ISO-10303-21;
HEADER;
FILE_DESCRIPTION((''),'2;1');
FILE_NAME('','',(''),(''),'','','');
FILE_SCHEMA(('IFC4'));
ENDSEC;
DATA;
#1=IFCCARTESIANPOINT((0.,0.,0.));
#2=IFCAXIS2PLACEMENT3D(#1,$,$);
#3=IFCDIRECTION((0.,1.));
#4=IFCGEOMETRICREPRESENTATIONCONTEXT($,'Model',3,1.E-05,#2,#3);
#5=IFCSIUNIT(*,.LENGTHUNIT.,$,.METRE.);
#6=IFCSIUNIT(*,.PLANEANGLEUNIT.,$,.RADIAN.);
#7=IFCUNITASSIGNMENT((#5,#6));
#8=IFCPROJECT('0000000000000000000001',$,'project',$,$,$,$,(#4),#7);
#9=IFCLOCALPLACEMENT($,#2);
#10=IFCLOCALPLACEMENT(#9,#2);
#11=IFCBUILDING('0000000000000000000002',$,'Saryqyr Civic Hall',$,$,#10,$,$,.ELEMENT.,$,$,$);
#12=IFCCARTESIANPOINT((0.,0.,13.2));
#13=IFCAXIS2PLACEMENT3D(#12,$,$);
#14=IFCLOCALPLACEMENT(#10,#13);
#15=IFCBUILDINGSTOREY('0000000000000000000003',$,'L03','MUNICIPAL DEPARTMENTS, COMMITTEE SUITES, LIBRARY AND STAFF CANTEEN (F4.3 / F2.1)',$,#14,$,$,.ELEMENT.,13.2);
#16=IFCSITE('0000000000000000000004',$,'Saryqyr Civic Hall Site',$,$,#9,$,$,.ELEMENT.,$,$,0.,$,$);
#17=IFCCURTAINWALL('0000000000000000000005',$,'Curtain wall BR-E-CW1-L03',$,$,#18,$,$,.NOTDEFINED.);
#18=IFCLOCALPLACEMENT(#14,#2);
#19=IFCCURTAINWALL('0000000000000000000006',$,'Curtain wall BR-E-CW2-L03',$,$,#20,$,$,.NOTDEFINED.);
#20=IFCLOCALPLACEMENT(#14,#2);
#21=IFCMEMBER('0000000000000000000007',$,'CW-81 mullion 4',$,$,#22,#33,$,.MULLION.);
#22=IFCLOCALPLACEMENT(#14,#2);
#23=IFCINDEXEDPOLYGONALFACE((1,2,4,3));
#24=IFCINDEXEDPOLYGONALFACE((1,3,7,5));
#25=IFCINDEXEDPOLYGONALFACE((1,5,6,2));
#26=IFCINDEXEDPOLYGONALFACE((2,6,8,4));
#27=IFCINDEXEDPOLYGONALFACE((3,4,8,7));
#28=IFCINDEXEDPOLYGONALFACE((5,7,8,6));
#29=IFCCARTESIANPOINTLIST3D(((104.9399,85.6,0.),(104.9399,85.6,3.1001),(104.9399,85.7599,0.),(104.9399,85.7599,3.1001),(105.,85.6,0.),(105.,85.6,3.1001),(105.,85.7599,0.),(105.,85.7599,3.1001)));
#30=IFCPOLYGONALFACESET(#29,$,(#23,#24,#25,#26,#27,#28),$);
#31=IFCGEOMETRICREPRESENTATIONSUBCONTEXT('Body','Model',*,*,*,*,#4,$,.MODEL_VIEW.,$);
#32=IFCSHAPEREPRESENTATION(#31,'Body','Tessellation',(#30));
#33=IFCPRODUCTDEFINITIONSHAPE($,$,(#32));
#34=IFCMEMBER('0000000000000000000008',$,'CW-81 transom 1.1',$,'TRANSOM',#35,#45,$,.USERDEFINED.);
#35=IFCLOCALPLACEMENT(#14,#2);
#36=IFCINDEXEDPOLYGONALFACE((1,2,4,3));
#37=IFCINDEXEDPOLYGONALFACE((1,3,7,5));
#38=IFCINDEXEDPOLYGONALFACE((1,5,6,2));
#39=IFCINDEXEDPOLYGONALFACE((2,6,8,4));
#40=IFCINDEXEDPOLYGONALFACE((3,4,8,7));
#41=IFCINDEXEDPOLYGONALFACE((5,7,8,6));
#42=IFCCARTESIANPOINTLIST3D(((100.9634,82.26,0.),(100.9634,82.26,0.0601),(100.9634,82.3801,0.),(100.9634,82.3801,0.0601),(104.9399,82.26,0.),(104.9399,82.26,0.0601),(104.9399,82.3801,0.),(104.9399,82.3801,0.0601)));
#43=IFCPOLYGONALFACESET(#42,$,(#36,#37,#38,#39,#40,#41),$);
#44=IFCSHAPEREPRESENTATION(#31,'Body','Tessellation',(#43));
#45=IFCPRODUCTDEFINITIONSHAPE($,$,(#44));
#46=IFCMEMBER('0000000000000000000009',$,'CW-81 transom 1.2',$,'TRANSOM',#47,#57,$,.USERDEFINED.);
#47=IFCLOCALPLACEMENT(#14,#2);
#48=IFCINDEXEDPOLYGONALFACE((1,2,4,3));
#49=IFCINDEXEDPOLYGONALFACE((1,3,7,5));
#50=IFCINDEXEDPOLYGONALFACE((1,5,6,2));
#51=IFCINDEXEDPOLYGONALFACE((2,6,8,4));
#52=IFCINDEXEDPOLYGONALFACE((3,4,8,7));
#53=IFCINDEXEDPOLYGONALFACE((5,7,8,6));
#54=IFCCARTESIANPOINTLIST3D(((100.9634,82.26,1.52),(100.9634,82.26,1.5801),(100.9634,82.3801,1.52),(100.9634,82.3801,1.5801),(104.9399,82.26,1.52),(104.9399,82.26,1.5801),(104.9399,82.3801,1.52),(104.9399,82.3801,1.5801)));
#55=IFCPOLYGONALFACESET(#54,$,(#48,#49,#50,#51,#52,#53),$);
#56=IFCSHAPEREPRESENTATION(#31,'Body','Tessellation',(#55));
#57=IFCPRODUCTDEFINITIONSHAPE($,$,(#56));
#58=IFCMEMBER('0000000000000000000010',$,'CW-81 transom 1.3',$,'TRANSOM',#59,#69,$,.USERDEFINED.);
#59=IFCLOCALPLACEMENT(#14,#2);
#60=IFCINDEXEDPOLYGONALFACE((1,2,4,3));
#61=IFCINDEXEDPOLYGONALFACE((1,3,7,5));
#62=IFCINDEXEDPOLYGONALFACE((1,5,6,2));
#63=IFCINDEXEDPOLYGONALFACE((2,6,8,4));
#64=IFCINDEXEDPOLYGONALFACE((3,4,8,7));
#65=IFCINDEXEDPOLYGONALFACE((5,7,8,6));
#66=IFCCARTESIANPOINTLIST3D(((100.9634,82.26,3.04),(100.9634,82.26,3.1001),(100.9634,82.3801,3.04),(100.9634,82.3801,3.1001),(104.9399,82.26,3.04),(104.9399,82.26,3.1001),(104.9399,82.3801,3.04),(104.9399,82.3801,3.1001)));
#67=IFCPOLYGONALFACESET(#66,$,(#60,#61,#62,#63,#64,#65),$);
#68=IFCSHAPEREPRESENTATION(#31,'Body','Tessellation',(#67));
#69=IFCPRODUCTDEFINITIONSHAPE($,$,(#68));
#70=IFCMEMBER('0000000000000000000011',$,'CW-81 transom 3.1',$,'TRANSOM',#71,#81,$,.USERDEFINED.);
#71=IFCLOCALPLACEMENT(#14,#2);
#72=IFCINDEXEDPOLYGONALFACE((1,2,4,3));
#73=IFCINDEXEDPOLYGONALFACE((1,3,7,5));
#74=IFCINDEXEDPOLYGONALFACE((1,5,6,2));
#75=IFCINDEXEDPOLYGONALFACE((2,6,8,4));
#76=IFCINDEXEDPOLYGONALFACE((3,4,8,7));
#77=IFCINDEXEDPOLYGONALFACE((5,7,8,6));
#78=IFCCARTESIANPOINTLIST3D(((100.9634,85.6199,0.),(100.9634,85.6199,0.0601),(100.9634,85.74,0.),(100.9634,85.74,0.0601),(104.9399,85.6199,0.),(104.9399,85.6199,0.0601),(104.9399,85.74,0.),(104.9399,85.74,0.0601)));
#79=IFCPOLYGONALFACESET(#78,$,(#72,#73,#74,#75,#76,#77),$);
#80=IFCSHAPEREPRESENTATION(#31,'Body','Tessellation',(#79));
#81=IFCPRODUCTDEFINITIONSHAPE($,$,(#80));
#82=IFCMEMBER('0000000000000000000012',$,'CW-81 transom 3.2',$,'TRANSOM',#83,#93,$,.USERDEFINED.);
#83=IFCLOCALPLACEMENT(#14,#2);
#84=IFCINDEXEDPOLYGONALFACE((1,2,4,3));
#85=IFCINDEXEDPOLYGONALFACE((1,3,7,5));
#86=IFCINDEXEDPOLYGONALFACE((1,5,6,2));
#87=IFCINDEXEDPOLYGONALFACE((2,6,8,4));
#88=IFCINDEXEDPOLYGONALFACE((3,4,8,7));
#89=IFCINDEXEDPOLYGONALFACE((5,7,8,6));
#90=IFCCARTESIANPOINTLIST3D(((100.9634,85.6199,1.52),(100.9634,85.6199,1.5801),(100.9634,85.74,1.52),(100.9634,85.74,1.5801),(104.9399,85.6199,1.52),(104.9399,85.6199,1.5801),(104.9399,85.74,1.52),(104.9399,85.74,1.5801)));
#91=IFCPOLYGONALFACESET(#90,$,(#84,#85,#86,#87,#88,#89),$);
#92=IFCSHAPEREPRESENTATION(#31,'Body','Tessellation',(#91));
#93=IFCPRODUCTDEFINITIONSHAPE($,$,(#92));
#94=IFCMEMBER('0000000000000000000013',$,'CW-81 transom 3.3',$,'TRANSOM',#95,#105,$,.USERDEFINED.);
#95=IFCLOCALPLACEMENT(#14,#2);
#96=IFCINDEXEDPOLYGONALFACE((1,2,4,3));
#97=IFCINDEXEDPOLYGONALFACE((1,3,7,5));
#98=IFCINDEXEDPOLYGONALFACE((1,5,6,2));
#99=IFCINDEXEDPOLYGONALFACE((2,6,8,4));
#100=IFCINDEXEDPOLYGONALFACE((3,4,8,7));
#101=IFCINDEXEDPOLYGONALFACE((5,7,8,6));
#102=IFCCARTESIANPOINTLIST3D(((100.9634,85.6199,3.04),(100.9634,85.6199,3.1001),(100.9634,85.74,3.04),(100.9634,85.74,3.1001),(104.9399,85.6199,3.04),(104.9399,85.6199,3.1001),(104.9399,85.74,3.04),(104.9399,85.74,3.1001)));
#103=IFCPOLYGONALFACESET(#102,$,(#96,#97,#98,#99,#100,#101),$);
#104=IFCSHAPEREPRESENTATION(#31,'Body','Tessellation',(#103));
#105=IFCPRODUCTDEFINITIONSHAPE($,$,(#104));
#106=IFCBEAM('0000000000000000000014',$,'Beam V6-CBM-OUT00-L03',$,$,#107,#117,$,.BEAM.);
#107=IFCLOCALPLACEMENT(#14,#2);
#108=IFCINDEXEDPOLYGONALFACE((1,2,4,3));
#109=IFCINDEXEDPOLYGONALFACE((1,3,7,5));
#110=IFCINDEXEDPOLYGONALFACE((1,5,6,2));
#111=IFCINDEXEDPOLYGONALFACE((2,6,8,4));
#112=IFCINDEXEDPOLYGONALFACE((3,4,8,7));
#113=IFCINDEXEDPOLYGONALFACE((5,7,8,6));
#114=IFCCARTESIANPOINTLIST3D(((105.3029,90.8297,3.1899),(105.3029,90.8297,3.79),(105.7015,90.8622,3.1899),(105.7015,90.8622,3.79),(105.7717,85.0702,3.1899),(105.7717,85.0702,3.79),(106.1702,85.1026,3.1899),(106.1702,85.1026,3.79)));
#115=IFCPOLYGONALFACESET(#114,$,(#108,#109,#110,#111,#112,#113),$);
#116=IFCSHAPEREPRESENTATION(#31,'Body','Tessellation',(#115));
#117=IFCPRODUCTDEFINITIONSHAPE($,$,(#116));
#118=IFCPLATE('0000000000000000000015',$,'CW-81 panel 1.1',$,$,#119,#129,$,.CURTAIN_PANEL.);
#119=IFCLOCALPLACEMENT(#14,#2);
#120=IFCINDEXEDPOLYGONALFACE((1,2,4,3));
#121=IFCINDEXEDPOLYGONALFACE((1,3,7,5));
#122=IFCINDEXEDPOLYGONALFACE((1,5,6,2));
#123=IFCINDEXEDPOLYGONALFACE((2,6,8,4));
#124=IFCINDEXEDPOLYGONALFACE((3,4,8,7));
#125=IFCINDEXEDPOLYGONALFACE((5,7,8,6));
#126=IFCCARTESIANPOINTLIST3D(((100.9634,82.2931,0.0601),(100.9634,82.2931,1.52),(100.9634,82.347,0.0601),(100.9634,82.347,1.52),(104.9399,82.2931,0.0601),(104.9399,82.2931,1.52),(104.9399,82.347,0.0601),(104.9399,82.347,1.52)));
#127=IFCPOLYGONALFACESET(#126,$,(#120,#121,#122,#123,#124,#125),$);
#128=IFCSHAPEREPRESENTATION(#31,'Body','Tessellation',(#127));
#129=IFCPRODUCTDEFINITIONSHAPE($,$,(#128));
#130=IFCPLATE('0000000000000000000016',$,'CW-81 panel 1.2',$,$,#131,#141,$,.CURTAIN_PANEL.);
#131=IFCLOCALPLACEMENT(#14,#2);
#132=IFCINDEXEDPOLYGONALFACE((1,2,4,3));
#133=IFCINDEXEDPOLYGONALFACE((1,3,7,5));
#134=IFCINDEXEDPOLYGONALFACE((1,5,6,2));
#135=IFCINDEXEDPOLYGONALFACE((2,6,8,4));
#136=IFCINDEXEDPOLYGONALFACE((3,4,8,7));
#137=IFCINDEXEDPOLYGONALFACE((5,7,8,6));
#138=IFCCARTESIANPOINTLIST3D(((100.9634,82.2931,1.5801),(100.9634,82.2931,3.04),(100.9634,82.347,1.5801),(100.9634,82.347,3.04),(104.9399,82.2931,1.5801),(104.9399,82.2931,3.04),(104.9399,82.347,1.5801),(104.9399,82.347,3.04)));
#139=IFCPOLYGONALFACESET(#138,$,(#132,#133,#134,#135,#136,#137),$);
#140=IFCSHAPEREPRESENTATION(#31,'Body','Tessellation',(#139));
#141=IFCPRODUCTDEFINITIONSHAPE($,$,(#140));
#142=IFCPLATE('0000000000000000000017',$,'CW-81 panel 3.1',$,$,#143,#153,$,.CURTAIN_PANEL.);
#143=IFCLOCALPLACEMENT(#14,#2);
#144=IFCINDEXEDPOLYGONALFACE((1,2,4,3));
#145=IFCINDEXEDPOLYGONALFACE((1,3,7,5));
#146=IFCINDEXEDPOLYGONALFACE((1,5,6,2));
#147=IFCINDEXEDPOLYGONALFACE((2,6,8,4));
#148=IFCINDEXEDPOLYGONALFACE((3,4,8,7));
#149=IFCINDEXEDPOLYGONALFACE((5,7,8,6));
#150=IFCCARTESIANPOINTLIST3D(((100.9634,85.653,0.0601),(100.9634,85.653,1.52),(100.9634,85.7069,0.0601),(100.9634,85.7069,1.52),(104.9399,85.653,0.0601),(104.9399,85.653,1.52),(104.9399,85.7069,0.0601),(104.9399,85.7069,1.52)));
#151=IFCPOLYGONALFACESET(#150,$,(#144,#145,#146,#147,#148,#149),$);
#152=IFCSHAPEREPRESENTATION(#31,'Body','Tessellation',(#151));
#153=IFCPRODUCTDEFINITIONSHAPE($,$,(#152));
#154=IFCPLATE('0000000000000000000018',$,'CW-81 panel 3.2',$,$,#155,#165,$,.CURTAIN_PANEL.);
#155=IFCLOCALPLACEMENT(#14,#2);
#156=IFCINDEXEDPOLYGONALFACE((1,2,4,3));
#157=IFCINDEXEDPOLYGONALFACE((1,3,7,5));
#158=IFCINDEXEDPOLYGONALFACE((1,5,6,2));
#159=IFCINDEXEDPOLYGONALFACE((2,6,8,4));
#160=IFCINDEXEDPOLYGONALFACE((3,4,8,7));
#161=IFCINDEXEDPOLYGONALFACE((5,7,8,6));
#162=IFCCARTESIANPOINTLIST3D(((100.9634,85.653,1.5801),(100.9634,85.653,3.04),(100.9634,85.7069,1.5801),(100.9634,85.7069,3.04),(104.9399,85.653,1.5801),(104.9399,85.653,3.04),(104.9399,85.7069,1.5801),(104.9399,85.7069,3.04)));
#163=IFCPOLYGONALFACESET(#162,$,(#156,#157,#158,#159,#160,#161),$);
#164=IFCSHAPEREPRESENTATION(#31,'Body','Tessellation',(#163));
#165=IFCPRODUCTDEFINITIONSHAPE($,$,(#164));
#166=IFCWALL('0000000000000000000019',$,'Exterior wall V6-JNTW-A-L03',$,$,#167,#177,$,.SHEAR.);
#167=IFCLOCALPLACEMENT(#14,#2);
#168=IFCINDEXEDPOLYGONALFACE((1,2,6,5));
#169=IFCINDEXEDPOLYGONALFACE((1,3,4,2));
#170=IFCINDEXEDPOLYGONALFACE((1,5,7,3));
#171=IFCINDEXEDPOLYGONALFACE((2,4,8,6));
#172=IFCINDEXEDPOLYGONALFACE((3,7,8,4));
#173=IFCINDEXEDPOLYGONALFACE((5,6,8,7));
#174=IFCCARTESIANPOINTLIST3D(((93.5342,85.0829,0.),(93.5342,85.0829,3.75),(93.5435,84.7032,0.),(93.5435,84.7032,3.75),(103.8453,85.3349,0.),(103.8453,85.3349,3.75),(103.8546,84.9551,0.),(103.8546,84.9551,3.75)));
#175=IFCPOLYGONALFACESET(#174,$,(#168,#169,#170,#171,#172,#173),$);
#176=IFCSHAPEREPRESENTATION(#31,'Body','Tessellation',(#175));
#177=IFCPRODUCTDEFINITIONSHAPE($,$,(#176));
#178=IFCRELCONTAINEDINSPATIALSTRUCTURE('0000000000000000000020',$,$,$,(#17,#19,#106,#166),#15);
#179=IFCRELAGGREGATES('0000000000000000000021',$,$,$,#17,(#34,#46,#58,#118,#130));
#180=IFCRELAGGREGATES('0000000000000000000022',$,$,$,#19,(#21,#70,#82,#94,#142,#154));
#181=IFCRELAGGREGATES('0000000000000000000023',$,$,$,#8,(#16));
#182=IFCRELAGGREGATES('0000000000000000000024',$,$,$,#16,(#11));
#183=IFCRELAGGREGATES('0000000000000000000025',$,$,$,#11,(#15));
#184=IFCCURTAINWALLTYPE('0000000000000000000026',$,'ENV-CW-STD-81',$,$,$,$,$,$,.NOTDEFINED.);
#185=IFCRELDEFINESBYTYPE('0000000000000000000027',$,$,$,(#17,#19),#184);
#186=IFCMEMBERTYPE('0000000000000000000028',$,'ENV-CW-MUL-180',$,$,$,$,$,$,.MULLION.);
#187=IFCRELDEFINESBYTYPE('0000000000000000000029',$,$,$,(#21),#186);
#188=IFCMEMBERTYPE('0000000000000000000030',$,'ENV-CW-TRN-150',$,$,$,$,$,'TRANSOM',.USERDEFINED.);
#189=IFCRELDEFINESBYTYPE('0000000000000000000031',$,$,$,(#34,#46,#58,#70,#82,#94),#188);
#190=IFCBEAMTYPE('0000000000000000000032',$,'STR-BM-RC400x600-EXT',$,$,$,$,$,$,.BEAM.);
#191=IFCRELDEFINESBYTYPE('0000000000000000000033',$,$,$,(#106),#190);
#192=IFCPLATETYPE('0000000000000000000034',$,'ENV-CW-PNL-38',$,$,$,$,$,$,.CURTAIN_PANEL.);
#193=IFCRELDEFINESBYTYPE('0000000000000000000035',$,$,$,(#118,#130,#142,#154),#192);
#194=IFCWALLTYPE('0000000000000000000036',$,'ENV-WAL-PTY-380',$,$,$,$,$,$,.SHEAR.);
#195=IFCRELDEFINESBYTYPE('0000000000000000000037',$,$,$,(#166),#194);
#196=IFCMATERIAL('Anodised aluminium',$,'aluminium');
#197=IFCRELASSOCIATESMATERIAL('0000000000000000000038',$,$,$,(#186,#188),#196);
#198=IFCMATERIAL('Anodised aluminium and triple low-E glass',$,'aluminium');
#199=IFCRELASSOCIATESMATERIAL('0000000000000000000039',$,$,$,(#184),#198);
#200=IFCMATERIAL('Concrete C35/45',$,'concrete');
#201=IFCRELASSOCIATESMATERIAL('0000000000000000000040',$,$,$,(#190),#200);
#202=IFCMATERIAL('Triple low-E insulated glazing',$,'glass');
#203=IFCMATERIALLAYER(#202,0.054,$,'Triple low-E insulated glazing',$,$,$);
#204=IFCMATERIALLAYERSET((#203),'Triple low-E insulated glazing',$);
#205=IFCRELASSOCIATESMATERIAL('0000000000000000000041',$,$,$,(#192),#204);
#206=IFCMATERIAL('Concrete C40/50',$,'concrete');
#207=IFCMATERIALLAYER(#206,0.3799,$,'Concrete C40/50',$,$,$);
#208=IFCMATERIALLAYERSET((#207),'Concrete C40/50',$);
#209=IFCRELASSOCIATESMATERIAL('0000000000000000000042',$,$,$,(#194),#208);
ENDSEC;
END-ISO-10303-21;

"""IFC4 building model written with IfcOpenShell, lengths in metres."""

from ifc_helpers import new_model, si_unit, direction, frame, frame_2d, origin, origin_2d, place, context, subcontext, project, spatial, rectangle, extrude, material, layer, layer_set, material_profile, profile_set, type_object, element, aggregate, save


model = new_model("IFC4")

# Units and contexts
model_context = context("Model", 3, precision=1e-05, world=origin(), true_north=direction((0.0, 1.0)))
body_context = subcontext(model_context, "Body", "Model", "MODEL_VIEW")
ifc_project = project(units=[si_unit("LENGTHUNIT", "METRE"), si_unit("PLANEANGLEUNIT", "RADIAN")], contexts=[model_context])

# Site, building, storey
site_placement = place(None, origin())
site = spatial("IfcSite", under=ifc_project, at=site_placement, Name="Saryqyr Civic Hall Site", CompositionType="ELEMENT", RefElevation=0.0)
building_placement = place(site_placement, origin())
building = spatial("IfcBuilding", under=site, at=building_placement, Name="Saryqyr Civic Hall", CompositionType="ELEMENT")
storey_placement = place(building_placement, frame((0.0, 0.0, 13.2)))
storey = spatial("IfcBuildingStorey", under=building, at=storey_placement, Name="L03", Description="MUNICIPAL DEPARTMENTS, COMMITTEE SUITES, LIBRARY AND STAFF CANTEEN (F4.3 / F2.1)", CompositionType="ELEMENT", Elevation=13.2)

# Shared definitions
ifc_material_1 = material(Name="Concrete C40/50", Category="concrete")

# Curtain wall
ifc_material_2 = material(Name="Anodised aluminium and triple low-E glass", Category="aluminium")
ifc_material_3 = material(Name="Anodised aluminium", Category="aluminium")
ifc_material_profile_1 = material_profile(ifc_material_3, rectangle(XDim=0.0601, YDim=0.1599, at=origin_2d()), Name="ALU MULLION 60x160")
ifc_profile_set_1 = profile_set([ifc_material_profile_1], Name="Anodised aluminium")
member_type_1 = type_object("IfcMemberType", Name="ENV-CW-MUL-180", PredefinedType="MULLION", material=ifc_profile_set_1)
curtain_wall_type_1 = type_object("IfcCurtainWallType", Name="ENV-CW-STD-81", PredefinedType="NOTDEFINED", material=ifc_material_2)
curtain_wall_1_placement = place(storey_placement, origin())
curtain_wall_1 = element("IfcCurtainWall", 1, at=curtain_wall_1_placement, inside=storey, type_object=curtain_wall_type_1, Name="Curtain wall BR-E-CW1-L03", PredefinedType="NOTDEFINED")

# Curtain wall, member
curtain_wall_2_placement = place(storey_placement, origin())
curtain_wall_2 = element("IfcCurtainWall", 2, at=curtain_wall_2_placement, inside=storey, type_object=curtain_wall_type_1, Name="Curtain wall BR-E-CW2-L03", PredefinedType="NOTDEFINED")
member_1_placement = place(storey_placement, frame((104.97, 85.6799, 0.0), z_axis=(0.0, 0.0, 1.0), x_axis=(1.0, 0.0, 0.0)))
member_1 = element("IfcMember", 3, at=member_1_placement, type_object=member_type_1, Name="CW-81 mullion 4", PredefinedType="MULLION", context=body_context, shape_type="SweptSolid", body=[
    extrude(rectangle(XDim=0.0601, YDim=0.1599, at=origin_2d()), origin(), (0.0, 0.0, 1.0), 3.1001),
])

# Members
ifc_material_profile_2 = material_profile(ifc_material_3, rectangle(XDim=0.1201, YDim=0.0601, at=origin_2d()), Name="ALU TRANSOM 120x60")
ifc_profile_set_2 = profile_set([ifc_material_profile_2], Name="Anodised aluminium")
member_type_2 = type_object("IfcMemberType", Name="ENV-CW-TRN-150", ElementType="TRANSOM", PredefinedType="USERDEFINED", material=ifc_profile_set_2)
member_2_placement = place(storey_placement, frame((104.9399, 82.3201, 0.03), z_axis=(-1.0, 0.0, 0.0), x_axis=(0.0, -1.0, 0.0)))
member_2 = element("IfcMember", 4, at=member_2_placement, type_object=member_type_2, Name="CW-81 transom 1.1", ObjectType="TRANSOM", PredefinedType="USERDEFINED", context=body_context, shape_type="SweptSolid", body=[
    extrude(rectangle(XDim=0.1201, YDim=0.0601, at=origin_2d()), origin(), (0.0, 0.0, 1.0), 3.9766),
])
member_3_placement = place(storey_placement, frame((104.9399, 82.3201, 1.55), z_axis=(-1.0, 0.0, 0.0), x_axis=(0.0, -1.0, 0.0)))
member_3 = element("IfcMember", 5, at=member_3_placement, type_object=member_type_2, Name="CW-81 transom 1.2", ObjectType="TRANSOM", PredefinedType="USERDEFINED", context=body_context, shape_type="SweptSolid", body=[
    extrude(rectangle(XDim=0.1201, YDim=0.0601, at=origin_2d()), origin(), (0.0, 0.0, 1.0), 3.9766),
])
member_4_placement = place(storey_placement, frame((104.9399, 82.3201, 3.0701), z_axis=(-1.0, 0.0, 0.0), x_axis=(0.0, -1.0, 0.0)))
member_4 = element("IfcMember", 6, at=member_4_placement, type_object=member_type_2, Name="CW-81 transom 1.3", ObjectType="TRANSOM", PredefinedType="USERDEFINED", context=body_context, shape_type="SweptSolid", body=[
    extrude(rectangle(XDim=0.1201, YDim=0.0601, at=origin_2d()), origin(), (0.0, 0.0, 1.0), 3.9766),
])
member_5_placement = place(storey_placement, frame((100.9634, 85.6799, 0.03), z_axis=(1.0, 0.0, 0.0), x_axis=(0.0, 1.0, 0.0)))
member_5 = element("IfcMember", 7, at=member_5_placement, type_object=member_type_2, Name="CW-81 transom 3.1", ObjectType="TRANSOM", PredefinedType="USERDEFINED", context=body_context, shape_type="SweptSolid", body=[
    extrude(rectangle(XDim=0.1201, YDim=0.0601, at=origin_2d()), origin(), (0.0, 0.0, 1.0), 3.9766),
])
member_6_placement = place(storey_placement, frame((100.9634, 85.6799, 1.55), z_axis=(1.0, 0.0, 0.0), x_axis=(0.0, 1.0, 0.0)))
member_6 = element("IfcMember", 8, at=member_6_placement, type_object=member_type_2, Name="CW-81 transom 3.2", ObjectType="TRANSOM", PredefinedType="USERDEFINED", context=body_context, shape_type="SweptSolid", body=[
    extrude(rectangle(XDim=0.1201, YDim=0.0601, at=origin_2d()), origin(), (0.0, 0.0, 1.0), 3.9766),
])
member_7_placement = place(storey_placement, frame((100.9634, 85.6799, 3.0701), z_axis=(1.0, 0.0, 0.0), x_axis=(0.0, 1.0, 0.0)))
member_7 = element("IfcMember", 9, at=member_7_placement, type_object=member_type_2, Name="CW-81 transom 3.3", ObjectType="TRANSOM", PredefinedType="USERDEFINED", context=body_context, shape_type="SweptSolid", body=[
    extrude(rectangle(XDim=0.1201, YDim=0.0601, at=origin_2d()), origin(), (0.0, 0.0, 1.0), 3.9766),
])

# Beam
ifc_material_4 = material(Name="Concrete C35/45", Category="concrete")
ifc_material_profile_3 = material_profile(ifc_material_4, rectangle(XDim=0.3999, YDim=0.6001, at=origin_2d()), Name="RC 400x600")
ifc_profile_set_3 = profile_set([ifc_material_profile_3], Name="Concrete C35/45")
beam_type = type_object("IfcBeamType", Name="STR-BM-RC400x600-EXT", PredefinedType="BEAM", material=ifc_profile_set_3)
beam_placement = place(storey_placement, frame((105.9709, 85.0864, 3.49), z_axis=(-0.081119, 0.996704, 0.0), x_axis=(-0.996704, -0.081119, 0.0)))
element("IfcBeam", 10, at=beam_placement, inside=storey, type_object=beam_type, Name="Beam V6-CBM-OUT00-L03", PredefinedType="BEAM", context=body_context, shape_type="SweptSolid", body=[
    extrude(rectangle(XDim=0.3999, YDim=0.6001, at=origin_2d()), origin(), (0.0, 0.0, 1.0), 5.7786),
])

# Plates
ifc_material_5 = material(Name="Triple low-E insulated glazing", Category="glass")
ifc_layer_1 = layer(ifc_material_5, 0.054, Name="Triple low-E insulated glazing")
ifc_layer_set_1 = layer_set([ifc_layer_1], Name="Triple low-E insulated glazing")
plate_type = type_object("IfcPlateType", Name="ENV-CW-PNL-38", PredefinedType="CURTAIN_PANEL", material=ifc_layer_set_1)
plate_1_placement = place(storey_placement, frame((102.9517, 82.3201, 0.0601), z_axis=(0.0, 0.0, 1.0), x_axis=(-1.0, 0.0, 0.0)))
plate_1 = element("IfcPlate", 11, at=plate_1_placement, type_object=plate_type, Name="CW-81 panel 1.1", PredefinedType="CURTAIN_PANEL", context=body_context, shape_type="SweptSolid", body=[
    extrude(rectangle(XDim=3.9766, YDim=0.054, at=origin_2d()), origin(), (0.0, 0.0, 1.0), 1.46),
])
plate_2_placement = place(storey_placement, frame((102.9517, 82.3201, 1.5801), z_axis=(0.0, 0.0, 1.0), x_axis=(-1.0, 0.0, 0.0)))
plate_2 = element("IfcPlate", 12, at=plate_2_placement, type_object=plate_type, Name="CW-81 panel 1.2", PredefinedType="CURTAIN_PANEL", context=body_context, shape_type="SweptSolid", body=[
    extrude(rectangle(XDim=3.9766, YDim=0.054, at=origin_2d()), origin(), (0.0, 0.0, 1.0), 1.46),
])
aggregate(curtain_wall_1, [member_2, member_3, member_4, plate_1, plate_2])
plate_3_placement = place(storey_placement, frame((102.9517, 85.6799, 0.0601), z_axis=(0.0, 0.0, 1.0), x_axis=(1.0, 0.0, 0.0)))
plate_3 = element("IfcPlate", 13, at=plate_3_placement, type_object=plate_type, Name="CW-81 panel 3.1", PredefinedType="CURTAIN_PANEL", context=body_context, shape_type="SweptSolid", body=[
    extrude(rectangle(XDim=3.9766, YDim=0.054, at=origin_2d()), origin(), (0.0, 0.0, 1.0), 1.46),
])
plate_4_placement = place(storey_placement, frame((102.9517, 85.6799, 1.5801), z_axis=(0.0, 0.0, 1.0), x_axis=(1.0, 0.0, 0.0)))
plate_4 = element("IfcPlate", 14, at=plate_4_placement, type_object=plate_type, Name="CW-81 panel 3.2", PredefinedType="CURTAIN_PANEL", context=body_context, shape_type="SweptSolid", body=[
    extrude(rectangle(XDim=3.9766, YDim=0.054, at=origin_2d()), origin(), (0.0, 0.0, 1.0), 1.46),
])
aggregate(curtain_wall_2, [member_1, member_5, member_6, member_7, plate_3, plate_4])

# Wall
ifc_layer_2 = layer(ifc_material_1, 0.3799, Name="Concrete C40/50")
ifc_layer_set_2 = layer_set([ifc_layer_2], Name="Concrete C40/50")
wall_type = type_object("IfcWallType", Name="ENV-WAL-PTY-380", PredefinedType="SHEAR", material=ifc_layer_set_2)
wall_placement = place(storey_placement, frame((103.8501, 85.145, 0.0), z_axis=(0.0, 0.0, 1.0), x_axis=(-0.999702, -0.024428, 0.0)))
element("IfcWall", 15, at=wall_placement, inside=storey, type_object=wall_type, Name="Exterior wall V6-JNTW-A-L03", PredefinedType="SHEAR", context=body_context, shape_type="SweptSolid", body=[
    extrude(rectangle(XDim=10.3142, YDim=0.3799, at=frame_2d((5.1572, 0.0))), origin(), (0.0, 0.0, 1.0), 3.75),
])

save(model, "model.ifc")
